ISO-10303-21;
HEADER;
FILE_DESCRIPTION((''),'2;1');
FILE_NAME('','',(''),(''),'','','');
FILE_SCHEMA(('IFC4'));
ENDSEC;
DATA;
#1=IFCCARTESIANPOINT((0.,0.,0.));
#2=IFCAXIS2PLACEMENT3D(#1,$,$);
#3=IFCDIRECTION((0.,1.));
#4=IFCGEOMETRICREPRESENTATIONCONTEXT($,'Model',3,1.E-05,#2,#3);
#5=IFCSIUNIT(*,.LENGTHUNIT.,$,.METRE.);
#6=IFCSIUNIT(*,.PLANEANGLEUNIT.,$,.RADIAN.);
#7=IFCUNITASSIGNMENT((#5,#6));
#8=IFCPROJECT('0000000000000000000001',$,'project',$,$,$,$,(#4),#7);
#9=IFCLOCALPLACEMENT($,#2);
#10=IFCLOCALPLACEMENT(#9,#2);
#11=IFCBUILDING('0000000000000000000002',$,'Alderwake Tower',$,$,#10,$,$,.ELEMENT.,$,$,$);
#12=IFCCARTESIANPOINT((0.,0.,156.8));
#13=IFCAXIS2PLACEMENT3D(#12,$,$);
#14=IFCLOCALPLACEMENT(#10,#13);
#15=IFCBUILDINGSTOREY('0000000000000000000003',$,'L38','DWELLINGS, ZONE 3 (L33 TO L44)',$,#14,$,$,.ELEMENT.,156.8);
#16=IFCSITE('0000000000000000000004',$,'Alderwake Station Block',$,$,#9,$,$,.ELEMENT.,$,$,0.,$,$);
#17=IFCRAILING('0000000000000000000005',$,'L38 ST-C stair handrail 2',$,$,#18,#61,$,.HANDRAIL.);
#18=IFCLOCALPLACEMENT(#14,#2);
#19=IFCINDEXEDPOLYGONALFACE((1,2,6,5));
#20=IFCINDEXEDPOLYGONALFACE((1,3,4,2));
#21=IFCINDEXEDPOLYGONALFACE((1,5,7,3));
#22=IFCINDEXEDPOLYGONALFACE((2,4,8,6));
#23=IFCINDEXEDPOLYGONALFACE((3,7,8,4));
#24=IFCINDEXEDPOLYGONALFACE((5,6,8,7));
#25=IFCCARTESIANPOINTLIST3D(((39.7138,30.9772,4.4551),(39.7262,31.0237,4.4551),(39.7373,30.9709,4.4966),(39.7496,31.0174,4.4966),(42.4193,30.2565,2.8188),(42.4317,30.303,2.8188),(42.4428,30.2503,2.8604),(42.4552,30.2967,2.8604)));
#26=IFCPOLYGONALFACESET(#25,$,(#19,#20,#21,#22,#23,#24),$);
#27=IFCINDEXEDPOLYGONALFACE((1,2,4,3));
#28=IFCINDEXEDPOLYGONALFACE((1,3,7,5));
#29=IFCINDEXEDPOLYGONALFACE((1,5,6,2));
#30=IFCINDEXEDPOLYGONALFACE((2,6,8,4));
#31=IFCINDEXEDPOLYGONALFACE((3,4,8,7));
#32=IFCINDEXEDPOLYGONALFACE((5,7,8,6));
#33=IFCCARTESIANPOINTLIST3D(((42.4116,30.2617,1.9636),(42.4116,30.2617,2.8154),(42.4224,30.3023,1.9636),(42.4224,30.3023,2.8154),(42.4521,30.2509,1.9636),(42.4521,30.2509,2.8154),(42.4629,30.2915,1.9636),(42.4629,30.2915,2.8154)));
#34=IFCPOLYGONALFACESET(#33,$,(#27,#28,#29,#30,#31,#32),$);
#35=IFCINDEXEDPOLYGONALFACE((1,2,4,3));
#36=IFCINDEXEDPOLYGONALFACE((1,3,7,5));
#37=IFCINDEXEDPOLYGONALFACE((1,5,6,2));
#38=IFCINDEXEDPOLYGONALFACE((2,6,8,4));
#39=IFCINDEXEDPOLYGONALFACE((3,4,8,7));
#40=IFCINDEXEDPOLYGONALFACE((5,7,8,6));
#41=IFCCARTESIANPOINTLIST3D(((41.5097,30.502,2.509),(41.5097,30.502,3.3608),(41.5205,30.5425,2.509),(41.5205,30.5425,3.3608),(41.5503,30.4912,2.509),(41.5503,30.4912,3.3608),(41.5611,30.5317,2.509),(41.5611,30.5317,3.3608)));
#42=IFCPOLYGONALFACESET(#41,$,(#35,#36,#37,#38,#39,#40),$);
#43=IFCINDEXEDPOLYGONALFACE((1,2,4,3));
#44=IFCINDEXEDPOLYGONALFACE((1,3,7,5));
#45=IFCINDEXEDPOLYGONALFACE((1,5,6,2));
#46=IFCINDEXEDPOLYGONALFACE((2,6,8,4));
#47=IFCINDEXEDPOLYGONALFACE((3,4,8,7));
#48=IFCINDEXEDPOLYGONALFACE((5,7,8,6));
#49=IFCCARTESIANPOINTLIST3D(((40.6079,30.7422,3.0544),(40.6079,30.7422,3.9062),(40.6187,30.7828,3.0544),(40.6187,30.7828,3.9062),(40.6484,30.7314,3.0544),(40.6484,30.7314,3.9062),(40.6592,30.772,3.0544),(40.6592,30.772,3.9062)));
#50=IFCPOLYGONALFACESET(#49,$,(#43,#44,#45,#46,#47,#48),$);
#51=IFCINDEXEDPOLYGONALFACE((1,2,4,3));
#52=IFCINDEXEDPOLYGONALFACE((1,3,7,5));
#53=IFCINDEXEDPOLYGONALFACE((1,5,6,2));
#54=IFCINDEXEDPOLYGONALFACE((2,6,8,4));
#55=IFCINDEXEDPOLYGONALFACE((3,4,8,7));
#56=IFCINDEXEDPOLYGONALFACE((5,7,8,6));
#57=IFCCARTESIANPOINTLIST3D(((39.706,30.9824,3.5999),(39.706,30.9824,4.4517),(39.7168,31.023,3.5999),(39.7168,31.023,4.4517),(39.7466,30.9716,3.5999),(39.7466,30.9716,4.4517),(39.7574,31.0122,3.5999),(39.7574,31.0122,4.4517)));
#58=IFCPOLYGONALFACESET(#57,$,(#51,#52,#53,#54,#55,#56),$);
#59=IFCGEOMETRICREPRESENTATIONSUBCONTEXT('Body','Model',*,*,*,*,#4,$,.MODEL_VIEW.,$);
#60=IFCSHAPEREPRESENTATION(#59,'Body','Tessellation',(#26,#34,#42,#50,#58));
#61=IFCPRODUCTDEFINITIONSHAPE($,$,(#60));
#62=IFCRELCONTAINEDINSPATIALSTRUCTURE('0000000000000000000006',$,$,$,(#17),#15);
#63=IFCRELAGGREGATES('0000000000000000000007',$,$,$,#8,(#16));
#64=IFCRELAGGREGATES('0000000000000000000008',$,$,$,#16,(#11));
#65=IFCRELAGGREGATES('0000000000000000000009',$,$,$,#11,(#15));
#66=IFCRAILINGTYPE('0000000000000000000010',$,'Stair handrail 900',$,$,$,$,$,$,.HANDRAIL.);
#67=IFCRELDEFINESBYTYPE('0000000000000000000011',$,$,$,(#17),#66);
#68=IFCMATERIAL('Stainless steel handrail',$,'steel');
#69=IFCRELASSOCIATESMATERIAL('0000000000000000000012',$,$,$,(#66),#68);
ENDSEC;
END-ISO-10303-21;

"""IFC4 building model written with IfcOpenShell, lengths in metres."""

from ifc_helpers import new_model, si_unit, direction, frame, origin, origin_2d, place, context, subcontext, project, spatial, rectangle, extrude, material, type_object, element, save


model = new_model("IFC4")

# Units and contexts
model_context = context("Model", 3, precision=1e-05, world=origin(), true_north=direction((0.0, 1.0)))
body_context = subcontext(model_context, "Body", "Model", "MODEL_VIEW")
ifc_project = project(units=[si_unit("LENGTHUNIT", "METRE"), si_unit("PLANEANGLEUNIT", "RADIAN")], contexts=[model_context])

# Site, building, storey
site_placement = place(None, origin())
site = spatial("IfcSite", under=ifc_project, at=site_placement, Name="Alderwake Station Block", CompositionType="ELEMENT", RefElevation=0.0)
building_placement = place(site_placement, origin())
building = spatial("IfcBuilding", under=site, at=building_placement, Name="Alderwake Tower", CompositionType="ELEMENT")
storey_placement = place(building_placement, frame((0.0, 0.0, 156.8)))
storey = spatial("IfcBuildingStorey", under=building, at=storey_placement, Name="L38", Description="DWELLINGS, ZONE 3 (L33 TO L44)", CompositionType="ELEMENT", Elevation=156.8)

# Railing
ifc_material_1 = material(Name="Stainless steel handrail", Category="steel")
railing_type_1 = type_object("IfcRailingType", Name="Stair handrail 900", PredefinedType="HANDRAIL", material=ifc_material_1)
railing_1_placement = place(storey_placement, frame((42.4373, 30.2766, 1.9636)))
element("IfcRailing", 1, at=railing_1_placement, inside=storey, type_object=railing_type_1, Name="L38 ST-C stair handrail 2", PredefinedType="HANDRAIL", context=body_context, shape_type="SweptSolid", body=[
    extrude(rectangle(XDim=0.0481, YDim=0.0481, at=origin_2d()), frame((0.0, 0.0, 0.876), z_axis=(-0.834291, 0.222237, 0.504549), x_axis=(-0.257402, -0.966304, 0.0)), (0.0, 0.0, 1.0), 3.2429),
    extrude(rectangle(XDim=0.042, YDim=0.042, at=origin_2d()), frame((0.0, 0.0, 0.0), z_axis=(0.0, 0.0, 1.0), x_axis=(-0.966304, 0.257402, 0.0)), (0.0, 0.0, 1.0), 0.8518),
    extrude(rectangle(XDim=0.042, YDim=0.042, at=origin_2d()), frame((-0.9019, 0.2402, 0.5454), z_axis=(0.0, 0.0, 1.0), x_axis=(-0.966304, 0.257402, 0.0)), (0.0, 0.0, 1.0), 0.8518),
    extrude(rectangle(XDim=0.042, YDim=0.042, at=origin_2d()), frame((-1.8037, 0.4805, 1.0908), z_axis=(0.0, 0.0, 1.0), x_axis=(-0.966304, 0.257402, 0.0)), (0.0, 0.0, 1.0), 0.8518),
    extrude(rectangle(XDim=0.042, YDim=0.042, at=origin_2d()), frame((-2.7056, 0.7207, 1.6362), z_axis=(0.0, 0.0, 1.0), x_axis=(-0.966304, 0.257402, 0.0)), (0.0, 0.0, 1.0), 0.8518),
])

save(model, "model.ifc")
